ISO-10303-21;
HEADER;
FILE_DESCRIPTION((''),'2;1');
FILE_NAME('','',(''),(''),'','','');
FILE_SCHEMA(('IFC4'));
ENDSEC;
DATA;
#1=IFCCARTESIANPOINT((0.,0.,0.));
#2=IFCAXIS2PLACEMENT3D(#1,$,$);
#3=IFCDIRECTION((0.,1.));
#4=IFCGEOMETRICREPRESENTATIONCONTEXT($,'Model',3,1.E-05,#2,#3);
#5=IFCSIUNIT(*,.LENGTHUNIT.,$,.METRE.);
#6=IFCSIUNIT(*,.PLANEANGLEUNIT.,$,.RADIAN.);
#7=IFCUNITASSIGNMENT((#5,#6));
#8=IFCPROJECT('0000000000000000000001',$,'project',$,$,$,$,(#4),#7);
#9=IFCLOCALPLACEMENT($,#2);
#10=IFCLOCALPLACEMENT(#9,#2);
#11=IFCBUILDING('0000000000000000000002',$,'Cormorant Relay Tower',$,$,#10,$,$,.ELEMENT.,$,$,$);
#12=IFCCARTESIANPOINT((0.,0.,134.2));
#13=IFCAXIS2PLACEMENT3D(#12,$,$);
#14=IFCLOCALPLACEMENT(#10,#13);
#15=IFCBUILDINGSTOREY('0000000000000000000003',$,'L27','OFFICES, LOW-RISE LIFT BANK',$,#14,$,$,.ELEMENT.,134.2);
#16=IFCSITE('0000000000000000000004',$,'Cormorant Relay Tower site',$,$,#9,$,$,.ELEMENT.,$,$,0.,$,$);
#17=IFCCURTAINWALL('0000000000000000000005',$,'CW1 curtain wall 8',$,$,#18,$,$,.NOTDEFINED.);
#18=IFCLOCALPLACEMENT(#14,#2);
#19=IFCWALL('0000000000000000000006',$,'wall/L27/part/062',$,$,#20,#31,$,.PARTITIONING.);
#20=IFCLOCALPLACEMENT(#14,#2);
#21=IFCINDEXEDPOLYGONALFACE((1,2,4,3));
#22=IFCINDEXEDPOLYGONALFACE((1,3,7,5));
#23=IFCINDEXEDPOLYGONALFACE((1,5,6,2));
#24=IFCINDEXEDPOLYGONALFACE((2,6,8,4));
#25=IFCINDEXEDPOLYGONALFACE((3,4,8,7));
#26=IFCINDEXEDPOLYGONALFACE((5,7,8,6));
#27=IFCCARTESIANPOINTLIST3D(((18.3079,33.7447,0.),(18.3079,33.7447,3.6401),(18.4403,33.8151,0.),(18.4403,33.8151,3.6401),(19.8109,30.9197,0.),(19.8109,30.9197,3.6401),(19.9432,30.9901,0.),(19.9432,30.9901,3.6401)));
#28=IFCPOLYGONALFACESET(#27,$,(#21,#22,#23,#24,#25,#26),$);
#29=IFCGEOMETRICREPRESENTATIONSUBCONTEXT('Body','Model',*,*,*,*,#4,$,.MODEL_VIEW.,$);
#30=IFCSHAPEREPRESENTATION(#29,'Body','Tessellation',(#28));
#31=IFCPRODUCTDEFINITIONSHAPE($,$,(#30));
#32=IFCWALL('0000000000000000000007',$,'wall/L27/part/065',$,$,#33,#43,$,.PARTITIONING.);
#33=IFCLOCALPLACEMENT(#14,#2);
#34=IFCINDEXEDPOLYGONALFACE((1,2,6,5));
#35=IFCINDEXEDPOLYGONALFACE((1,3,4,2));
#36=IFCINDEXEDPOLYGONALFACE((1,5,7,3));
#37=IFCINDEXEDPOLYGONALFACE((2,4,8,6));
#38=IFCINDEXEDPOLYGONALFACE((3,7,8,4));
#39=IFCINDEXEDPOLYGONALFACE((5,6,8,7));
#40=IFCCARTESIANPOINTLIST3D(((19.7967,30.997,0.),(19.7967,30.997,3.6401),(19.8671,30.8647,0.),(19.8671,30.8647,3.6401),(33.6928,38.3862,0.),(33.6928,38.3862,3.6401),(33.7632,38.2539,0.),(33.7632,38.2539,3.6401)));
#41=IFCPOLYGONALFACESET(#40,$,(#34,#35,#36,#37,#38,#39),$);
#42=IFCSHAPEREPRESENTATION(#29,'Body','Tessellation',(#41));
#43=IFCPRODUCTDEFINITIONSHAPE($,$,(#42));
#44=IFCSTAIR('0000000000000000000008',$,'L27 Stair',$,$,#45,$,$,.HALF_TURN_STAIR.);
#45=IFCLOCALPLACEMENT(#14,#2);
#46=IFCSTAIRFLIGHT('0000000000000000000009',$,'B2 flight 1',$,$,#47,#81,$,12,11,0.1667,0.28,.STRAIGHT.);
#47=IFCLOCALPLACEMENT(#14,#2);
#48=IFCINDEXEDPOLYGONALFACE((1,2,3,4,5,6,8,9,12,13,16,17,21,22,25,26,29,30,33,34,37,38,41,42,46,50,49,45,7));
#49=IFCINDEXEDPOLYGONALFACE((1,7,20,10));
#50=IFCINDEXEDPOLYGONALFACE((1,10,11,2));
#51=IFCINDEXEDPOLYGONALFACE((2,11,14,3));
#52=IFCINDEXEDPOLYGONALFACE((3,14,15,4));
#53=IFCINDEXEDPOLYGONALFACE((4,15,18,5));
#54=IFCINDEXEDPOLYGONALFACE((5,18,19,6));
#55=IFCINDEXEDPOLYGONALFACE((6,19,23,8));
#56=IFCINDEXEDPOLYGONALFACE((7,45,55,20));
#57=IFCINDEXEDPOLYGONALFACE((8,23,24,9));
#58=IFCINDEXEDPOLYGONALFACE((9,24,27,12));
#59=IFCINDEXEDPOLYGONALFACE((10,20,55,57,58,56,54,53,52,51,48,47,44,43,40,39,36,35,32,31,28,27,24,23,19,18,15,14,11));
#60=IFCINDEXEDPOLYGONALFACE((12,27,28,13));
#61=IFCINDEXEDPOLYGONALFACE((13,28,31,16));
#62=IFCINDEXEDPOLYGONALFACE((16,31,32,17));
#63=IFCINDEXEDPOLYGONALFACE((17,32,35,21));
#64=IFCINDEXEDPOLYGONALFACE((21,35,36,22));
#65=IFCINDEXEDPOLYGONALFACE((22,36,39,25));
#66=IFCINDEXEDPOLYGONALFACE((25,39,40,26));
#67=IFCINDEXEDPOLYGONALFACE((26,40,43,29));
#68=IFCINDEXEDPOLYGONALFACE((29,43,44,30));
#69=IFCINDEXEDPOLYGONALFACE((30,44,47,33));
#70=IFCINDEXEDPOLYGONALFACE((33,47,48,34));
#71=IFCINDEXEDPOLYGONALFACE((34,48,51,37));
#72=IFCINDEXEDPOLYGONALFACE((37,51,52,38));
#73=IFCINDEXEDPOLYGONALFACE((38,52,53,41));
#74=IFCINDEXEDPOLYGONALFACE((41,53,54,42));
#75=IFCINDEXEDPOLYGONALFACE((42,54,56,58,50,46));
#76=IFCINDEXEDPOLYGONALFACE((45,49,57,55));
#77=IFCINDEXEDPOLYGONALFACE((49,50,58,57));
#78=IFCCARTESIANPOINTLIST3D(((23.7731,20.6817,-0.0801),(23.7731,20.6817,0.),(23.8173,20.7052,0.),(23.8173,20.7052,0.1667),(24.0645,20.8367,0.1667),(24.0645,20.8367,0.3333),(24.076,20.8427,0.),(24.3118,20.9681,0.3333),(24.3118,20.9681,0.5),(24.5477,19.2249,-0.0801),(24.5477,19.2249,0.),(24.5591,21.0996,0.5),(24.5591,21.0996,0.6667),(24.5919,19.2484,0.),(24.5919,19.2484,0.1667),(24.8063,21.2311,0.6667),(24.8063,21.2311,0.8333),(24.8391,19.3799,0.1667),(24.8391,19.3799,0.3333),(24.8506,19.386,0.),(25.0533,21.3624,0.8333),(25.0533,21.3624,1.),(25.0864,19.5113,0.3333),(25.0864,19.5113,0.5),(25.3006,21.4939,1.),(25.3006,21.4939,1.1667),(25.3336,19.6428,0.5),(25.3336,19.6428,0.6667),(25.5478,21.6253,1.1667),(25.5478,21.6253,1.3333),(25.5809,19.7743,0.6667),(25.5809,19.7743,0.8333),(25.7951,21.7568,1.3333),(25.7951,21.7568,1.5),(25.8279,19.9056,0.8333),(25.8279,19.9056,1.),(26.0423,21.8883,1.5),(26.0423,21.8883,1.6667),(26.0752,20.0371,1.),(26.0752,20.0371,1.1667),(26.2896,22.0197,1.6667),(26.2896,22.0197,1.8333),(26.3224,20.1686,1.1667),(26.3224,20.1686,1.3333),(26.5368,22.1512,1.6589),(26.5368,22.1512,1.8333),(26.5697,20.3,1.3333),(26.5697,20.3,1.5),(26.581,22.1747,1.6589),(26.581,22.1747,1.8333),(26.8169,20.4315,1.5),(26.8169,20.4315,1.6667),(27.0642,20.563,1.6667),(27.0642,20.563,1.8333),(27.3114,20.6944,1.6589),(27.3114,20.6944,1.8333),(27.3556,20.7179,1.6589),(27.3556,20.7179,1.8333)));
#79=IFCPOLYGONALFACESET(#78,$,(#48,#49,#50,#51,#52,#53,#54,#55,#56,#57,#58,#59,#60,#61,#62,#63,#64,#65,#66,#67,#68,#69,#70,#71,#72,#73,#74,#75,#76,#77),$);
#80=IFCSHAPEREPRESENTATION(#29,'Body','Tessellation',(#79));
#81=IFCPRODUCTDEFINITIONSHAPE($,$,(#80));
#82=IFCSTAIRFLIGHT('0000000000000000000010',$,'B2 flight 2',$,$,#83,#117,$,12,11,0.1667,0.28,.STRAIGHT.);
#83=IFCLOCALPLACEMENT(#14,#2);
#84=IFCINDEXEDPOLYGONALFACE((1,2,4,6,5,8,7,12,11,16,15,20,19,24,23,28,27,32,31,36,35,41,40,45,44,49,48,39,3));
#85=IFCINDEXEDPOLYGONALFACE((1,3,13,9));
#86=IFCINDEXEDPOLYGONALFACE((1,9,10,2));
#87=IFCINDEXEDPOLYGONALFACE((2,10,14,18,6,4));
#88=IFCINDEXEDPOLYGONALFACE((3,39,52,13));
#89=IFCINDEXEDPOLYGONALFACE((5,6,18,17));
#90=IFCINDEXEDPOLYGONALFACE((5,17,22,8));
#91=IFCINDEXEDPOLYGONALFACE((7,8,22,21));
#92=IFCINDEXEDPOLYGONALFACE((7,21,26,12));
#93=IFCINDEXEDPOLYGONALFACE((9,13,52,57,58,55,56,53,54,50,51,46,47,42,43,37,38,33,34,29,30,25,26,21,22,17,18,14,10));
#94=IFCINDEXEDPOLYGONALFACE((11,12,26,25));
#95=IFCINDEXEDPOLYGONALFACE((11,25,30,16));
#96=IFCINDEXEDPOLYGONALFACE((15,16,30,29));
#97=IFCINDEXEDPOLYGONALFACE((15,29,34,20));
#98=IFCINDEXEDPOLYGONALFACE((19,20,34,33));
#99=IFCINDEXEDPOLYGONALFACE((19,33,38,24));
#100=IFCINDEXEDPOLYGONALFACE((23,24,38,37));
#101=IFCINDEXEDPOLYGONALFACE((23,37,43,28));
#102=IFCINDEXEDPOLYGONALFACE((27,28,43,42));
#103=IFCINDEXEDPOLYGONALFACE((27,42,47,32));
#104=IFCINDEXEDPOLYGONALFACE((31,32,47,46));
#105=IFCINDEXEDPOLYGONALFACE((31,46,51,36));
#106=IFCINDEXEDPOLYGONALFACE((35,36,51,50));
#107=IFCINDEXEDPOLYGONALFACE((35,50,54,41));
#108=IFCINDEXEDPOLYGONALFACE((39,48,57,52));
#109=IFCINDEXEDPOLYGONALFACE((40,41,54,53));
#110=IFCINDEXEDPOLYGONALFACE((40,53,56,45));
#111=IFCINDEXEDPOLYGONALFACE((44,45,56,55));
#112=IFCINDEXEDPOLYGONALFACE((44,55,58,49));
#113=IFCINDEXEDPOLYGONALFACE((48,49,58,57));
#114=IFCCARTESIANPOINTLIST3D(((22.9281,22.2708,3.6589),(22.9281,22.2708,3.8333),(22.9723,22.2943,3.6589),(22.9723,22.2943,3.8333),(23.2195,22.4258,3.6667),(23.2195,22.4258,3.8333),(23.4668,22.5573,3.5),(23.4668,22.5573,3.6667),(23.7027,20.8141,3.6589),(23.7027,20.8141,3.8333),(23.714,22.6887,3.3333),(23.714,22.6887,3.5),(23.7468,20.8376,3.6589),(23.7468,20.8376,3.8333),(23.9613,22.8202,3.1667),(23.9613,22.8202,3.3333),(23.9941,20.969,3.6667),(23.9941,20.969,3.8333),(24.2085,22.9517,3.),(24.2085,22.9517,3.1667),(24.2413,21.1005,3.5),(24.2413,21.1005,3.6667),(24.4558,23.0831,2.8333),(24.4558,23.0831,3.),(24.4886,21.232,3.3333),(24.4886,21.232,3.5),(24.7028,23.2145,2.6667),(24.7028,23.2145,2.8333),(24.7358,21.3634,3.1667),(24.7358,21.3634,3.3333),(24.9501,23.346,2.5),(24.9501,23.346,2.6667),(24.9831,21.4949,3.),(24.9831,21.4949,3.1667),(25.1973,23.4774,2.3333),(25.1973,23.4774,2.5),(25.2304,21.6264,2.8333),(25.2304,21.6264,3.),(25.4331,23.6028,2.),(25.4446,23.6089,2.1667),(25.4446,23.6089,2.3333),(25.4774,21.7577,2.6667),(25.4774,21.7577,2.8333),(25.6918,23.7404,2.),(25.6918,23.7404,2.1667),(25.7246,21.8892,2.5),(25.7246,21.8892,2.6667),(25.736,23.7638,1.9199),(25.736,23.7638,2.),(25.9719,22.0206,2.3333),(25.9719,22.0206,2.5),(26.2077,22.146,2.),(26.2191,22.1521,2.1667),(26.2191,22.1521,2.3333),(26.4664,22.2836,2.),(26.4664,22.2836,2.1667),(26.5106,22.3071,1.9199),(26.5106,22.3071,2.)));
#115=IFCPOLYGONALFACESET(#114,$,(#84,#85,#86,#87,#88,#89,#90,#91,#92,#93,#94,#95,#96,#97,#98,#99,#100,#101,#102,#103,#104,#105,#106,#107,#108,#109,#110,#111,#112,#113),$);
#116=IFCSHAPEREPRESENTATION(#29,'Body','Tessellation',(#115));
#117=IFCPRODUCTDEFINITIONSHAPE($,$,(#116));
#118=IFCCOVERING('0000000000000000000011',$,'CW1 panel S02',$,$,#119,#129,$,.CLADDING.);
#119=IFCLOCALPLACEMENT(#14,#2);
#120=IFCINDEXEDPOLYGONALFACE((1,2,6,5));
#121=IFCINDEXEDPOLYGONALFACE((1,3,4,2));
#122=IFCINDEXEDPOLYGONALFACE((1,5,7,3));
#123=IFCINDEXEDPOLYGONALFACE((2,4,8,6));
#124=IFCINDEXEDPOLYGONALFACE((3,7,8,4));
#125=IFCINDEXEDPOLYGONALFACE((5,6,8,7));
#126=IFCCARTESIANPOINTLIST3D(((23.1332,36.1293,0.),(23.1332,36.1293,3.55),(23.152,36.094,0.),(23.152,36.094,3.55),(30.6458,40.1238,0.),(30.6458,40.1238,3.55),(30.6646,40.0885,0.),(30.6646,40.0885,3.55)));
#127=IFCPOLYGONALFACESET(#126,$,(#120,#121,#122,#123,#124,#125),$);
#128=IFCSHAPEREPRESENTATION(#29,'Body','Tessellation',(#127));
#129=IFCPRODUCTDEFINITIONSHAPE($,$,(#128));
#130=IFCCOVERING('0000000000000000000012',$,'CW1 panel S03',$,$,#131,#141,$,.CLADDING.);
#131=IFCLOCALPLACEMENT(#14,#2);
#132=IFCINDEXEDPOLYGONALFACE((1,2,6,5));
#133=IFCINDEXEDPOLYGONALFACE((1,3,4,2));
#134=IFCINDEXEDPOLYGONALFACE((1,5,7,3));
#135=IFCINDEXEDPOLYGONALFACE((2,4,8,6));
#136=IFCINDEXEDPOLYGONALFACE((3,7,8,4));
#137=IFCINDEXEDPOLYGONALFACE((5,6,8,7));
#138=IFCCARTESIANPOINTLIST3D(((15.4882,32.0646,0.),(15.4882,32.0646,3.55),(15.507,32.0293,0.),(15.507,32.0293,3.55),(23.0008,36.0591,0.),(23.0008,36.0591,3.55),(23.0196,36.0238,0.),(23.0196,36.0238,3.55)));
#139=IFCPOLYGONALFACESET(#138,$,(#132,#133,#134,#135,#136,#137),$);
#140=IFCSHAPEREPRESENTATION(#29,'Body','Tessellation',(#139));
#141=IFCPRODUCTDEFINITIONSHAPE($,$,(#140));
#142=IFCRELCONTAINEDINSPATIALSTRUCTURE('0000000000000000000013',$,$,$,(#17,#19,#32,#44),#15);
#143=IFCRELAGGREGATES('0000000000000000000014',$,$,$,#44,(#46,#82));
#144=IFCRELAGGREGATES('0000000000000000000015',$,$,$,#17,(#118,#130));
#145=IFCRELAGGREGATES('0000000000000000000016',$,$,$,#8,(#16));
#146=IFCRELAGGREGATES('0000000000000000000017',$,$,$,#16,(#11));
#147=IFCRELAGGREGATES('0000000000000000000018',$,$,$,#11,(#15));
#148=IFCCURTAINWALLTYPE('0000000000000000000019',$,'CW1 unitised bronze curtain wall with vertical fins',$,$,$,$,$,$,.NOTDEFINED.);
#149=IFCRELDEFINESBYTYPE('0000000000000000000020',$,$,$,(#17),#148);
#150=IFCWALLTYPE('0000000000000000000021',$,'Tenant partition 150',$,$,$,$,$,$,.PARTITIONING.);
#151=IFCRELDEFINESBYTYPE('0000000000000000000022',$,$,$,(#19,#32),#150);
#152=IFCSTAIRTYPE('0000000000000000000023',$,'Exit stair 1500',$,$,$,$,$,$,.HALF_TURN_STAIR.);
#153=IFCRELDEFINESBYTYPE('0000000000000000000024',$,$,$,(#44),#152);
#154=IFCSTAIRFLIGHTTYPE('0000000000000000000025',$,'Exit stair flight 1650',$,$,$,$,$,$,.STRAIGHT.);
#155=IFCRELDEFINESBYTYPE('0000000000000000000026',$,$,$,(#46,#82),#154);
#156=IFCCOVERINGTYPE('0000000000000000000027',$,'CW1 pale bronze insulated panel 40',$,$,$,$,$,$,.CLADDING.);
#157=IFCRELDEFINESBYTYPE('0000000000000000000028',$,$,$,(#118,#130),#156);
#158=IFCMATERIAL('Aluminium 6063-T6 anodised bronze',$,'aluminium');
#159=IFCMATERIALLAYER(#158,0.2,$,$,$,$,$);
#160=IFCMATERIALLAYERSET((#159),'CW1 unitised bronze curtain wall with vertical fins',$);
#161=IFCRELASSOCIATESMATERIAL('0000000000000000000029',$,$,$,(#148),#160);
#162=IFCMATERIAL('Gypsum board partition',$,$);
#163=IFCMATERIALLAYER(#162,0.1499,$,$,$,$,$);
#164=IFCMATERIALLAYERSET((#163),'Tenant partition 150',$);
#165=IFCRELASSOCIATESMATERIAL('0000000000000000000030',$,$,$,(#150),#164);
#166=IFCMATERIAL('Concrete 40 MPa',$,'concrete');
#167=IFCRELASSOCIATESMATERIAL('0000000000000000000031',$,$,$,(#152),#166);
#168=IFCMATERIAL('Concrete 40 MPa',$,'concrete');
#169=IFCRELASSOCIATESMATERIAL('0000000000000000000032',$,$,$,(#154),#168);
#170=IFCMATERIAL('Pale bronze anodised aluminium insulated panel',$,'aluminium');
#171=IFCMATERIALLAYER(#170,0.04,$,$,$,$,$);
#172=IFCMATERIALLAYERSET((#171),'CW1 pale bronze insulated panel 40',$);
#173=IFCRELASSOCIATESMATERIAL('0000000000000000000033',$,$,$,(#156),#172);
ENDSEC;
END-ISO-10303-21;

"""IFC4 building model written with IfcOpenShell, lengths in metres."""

from ifc_helpers import new_model, si_unit, direction, frame, frame_2d, origin, origin_2d, place, context, subcontext, project, spatial, polyline, rectangle, outline, extrude, material, layer, layer_set, type_object, element, aggregate, save


model = new_model("IFC4")

# Units and contexts
model_context = context("Model", 3, precision=1e-05, world=origin(), true_north=direction((0.0, 1.0)))
body_context = subcontext(model_context, "Body", "Model", "MODEL_VIEW")
ifc_project = project(units=[si_unit("LENGTHUNIT", "METRE"), si_unit("PLANEANGLEUNIT", "RADIAN")], contexts=[model_context])

# Site, building, storey
site_placement = place(None, origin())
site = spatial("IfcSite", under=ifc_project, at=site_placement, Name="Cormorant Relay Tower site", CompositionType="ELEMENT", RefElevation=0.0)
building_placement = place(site_placement, origin())
building = spatial("IfcBuilding", under=site, at=building_placement, Name="Cormorant Relay Tower", CompositionType="ELEMENT")
storey_placement = place(building_placement, frame((0.0, 0.0, 134.2)))
storey = spatial("IfcBuildingStorey", under=building, at=storey_placement, Name="L27", Description="OFFICES, LOW-RISE LIFT BANK", CompositionType="ELEMENT", Elevation=134.2)

# Curtain wall
ifc_material_1 = material(Name="Aluminium 6063-T6 anodised bronze", Category="aluminium")
ifc_layer_1 = layer(ifc_material_1, 0.2)
ifc_layer_set_1 = layer_set([ifc_layer_1], Name="CW1 unitised bronze curtain wall with vertical fins")
curtain_wall_type = type_object("IfcCurtainWallType", Name="CW1 unitised bronze curtain wall with vertical fins", PredefinedType="NOTDEFINED", material=ifc_layer_set_1)
curtain_wall_placement = place(storey_placement, origin())
curtain_wall = element("IfcCurtainWall", 1, at=curtain_wall_placement, inside=storey, type_object=curtain_wall_type, Name="CW1 curtain wall 8", PredefinedType="NOTDEFINED")

# Walls
ifc_material_2 = material(Name="Gypsum board partition")
ifc_layer_2 = layer(ifc_material_2, 0.1499)
ifc_layer_set_2 = layer_set([ifc_layer_2], Name="Tenant partition 150")
wall_type_1 = type_object("IfcWallType", Name="Tenant partition 150", PredefinedType="PARTITIONING", material=ifc_layer_set_2)
wall_1_placement = place(storey_placement, frame((18.374, 33.78, 0.0), z_axis=(0.0, 0.0, 1.0), x_axis=(0.469685, -0.882834, 0.0)))
element("IfcWall", 2, at=wall_1_placement, inside=storey, type_object=wall_type_1, Name="wall/L27/part/062", PredefinedType="PARTITIONING", context=body_context, shape_type="SweptSolid", body=[
    extrude(rectangle(XDim=3.2, YDim=0.1499, at=frame_2d((1.6001, 0.0))), origin(), (0.0, 0.0, 1.0), 3.6401),
])
wall_2_placement = place(storey_placement, frame((19.832, 30.9309, 0.0), z_axis=(0.0, 0.0, 1.0), x_axis=(0.882934, 0.469498, 0.0)))
element("IfcWall", 3, at=wall_2_placement, inside=storey, type_object=wall_type_1, Name="wall/L27/part/065", PredefinedType="PARTITIONING", context=body_context, shape_type="SweptSolid", body=[
    extrude(rectangle(XDim=15.7385, YDim=0.1499, at=frame_2d((7.8691, 0.0))), origin(), (0.0, 0.0, 1.0), 3.6401),
])

# Stair, stair flights
ifc_material_3 = material(Name="Concrete 40 MPa", Category="concrete")
stair_type = type_object("IfcStairType", Name="Exit stair 1500", PredefinedType="HALF_TURN_STAIR", material=ifc_material_3)
stair_placement = place(storey_placement, origin())
stair = element("IfcStair", 4, at=stair_placement, inside=storey, type_object=stair_type, Name="L27 Stair", PredefinedType="HALF_TURN_STAIR")
ifc_material_4 = material(Name="Concrete 40 MPa", Category="concrete")
stair_flight_type = type_object("IfcStairFlightType", Name="Exit stair flight 1650", PredefinedType="STRAIGHT", material=ifc_material_4)
stair_flight_1_placement = place(storey_placement, frame((24.2046, 19.9768, 0.0), z_axis=(0.0, 0.0, 1.0), x_axis=(0.882948, 0.469472, 0.0)))
stair_flight_1 = element("IfcStairFlight", 5, at=stair_flight_1_placement, type_object=stair_flight_type, Name="B2 flight 1", NumberOfRisers=12, NumberOfTreads=11, PredefinedType="STRAIGHT", RiserHeight=0.1667, TreadLength=0.28, context=body_context, shape_type="SweptSolid", body=[
    extrude(outline(polyline([(-0.05, -0.0801), (-0.05, 0.0), (0.0, 0.0), (0.0, 0.1667), (0.28, 0.1667), (0.28, 0.3333), (0.5601, 0.3333), (0.5601, 0.5), (0.8401, 0.5), (0.8401, 0.6667), (1.1201, 0.6667), (1.1201, 0.8333), (1.3999, 0.8333), (1.3999, 1.0), (1.6799, 1.0), (1.6799, 1.1667), (1.96, 1.1667), (1.96, 1.3333), (2.24, 1.3333), (2.24, 1.5), (2.52, 1.5), (2.52, 1.6667), (2.8, 1.6667), (2.8, 1.8333), (3.0801, 1.8333), (3.1301, 1.8333), (3.1301, 1.6589), (3.0801, 1.6589), (0.293, 0.0), (-0.05, -0.0801)])), frame((0.0, 0.825, 0.0), z_axis=(0.0, -1.0, 0.0), x_axis=(1.0, 0.0, 0.0)), (0.0, 0.0, 1.0), 1.6499),
])
stair_flight_2_placement = place(storey_placement, frame((26.0791, 23.012, 2.0), z_axis=(0.0, 0.0, 1.0), x_axis=(-0.882948, -0.469472, 0.0)))
stair_flight_2 = element("IfcStairFlight", 6, at=stair_flight_2_placement, type_object=stair_flight_type, Name="B2 flight 2", NumberOfRisers=12, NumberOfTreads=11, PredefinedType="STRAIGHT", RiserHeight=0.1667, TreadLength=0.28, context=body_context, shape_type="SweptSolid", body=[
    extrude(outline(polyline([(-0.05, -0.0801), (-0.05, 0.0), (0.0, 0.0), (0.0, 0.1667), (0.28, 0.1667), (0.28, 0.3333), (0.5601, 0.3333), (0.5601, 0.5), (0.8401, 0.5), (0.8401, 0.6667), (1.1201, 0.6667), (1.1201, 0.8333), (1.3999, 0.8333), (1.3999, 1.0), (1.6799, 1.0), (1.6799, 1.1667), (1.96, 1.1667), (1.96, 1.3333), (2.24, 1.3333), (2.24, 1.5), (2.52, 1.5), (2.52, 1.6667), (2.8, 1.6667), (2.8, 1.8333), (3.0801, 1.8333), (3.1301, 1.8333), (3.1301, 1.6589), (3.0801, 1.6589), (0.293, 0.0), (-0.05, -0.0801)])), frame((0.0, 0.825, 0.0), z_axis=(0.0, -1.0, 0.0), x_axis=(1.0, 0.0, 0.0)), (0.0, 0.0, 1.0), 1.6499),
])
aggregate(stair, [stair_flight_1, stair_flight_2])

# Coverings
ifc_material_5 = material(Name="Pale bronze anodised aluminium insulated panel", Category="aluminium")
ifc_layer_3 = layer(ifc_material_5, 0.04)
ifc_layer_set_3 = layer_set([ifc_layer_3], Name="CW1 pale bronze insulated panel 40")
covering_type = type_object("IfcCoveringType", Name="CW1 pale bronze insulated panel 40", PredefinedType="CLADDING", material=ifc_layer_set_3)
covering_1_placement = place(storey_placement, frame((26.8989, 38.1089, 0.0), z_axis=(0.0, 0.0, 1.0), x_axis=(-0.882948, -0.469472, 0.0)))
covering_1 = element("IfcCovering", 7, at=covering_1_placement, type_object=covering_type, Name="CW1 panel S02", PredefinedType="CLADDING", context=body_context, shape_type="SweptSolid", body=[
    extrude(rectangle(XDim=8.5085, YDim=0.04, at=origin_2d()), origin(), (0.0, 0.0, 1.0), 3.55),
])
covering_2_placement = place(storey_placement, frame((19.2539, 34.0442, 0.0), z_axis=(0.0, 0.0, 1.0), x_axis=(-0.882948, -0.469472, 0.0)))
covering_2 = element("IfcCovering", 8, at=covering_2_placement, type_object=covering_type, Name="CW1 panel S03", PredefinedType="CLADDING", context=body_context, shape_type="SweptSolid", body=[
    extrude(rectangle(XDim=8.5085, YDim=0.04, at=origin_2d()), origin(), (0.0, 0.0, 1.0), 3.55),
])
aggregate(curtain_wall, [covering_1, covering_2])

save(model, "model.ifc")
